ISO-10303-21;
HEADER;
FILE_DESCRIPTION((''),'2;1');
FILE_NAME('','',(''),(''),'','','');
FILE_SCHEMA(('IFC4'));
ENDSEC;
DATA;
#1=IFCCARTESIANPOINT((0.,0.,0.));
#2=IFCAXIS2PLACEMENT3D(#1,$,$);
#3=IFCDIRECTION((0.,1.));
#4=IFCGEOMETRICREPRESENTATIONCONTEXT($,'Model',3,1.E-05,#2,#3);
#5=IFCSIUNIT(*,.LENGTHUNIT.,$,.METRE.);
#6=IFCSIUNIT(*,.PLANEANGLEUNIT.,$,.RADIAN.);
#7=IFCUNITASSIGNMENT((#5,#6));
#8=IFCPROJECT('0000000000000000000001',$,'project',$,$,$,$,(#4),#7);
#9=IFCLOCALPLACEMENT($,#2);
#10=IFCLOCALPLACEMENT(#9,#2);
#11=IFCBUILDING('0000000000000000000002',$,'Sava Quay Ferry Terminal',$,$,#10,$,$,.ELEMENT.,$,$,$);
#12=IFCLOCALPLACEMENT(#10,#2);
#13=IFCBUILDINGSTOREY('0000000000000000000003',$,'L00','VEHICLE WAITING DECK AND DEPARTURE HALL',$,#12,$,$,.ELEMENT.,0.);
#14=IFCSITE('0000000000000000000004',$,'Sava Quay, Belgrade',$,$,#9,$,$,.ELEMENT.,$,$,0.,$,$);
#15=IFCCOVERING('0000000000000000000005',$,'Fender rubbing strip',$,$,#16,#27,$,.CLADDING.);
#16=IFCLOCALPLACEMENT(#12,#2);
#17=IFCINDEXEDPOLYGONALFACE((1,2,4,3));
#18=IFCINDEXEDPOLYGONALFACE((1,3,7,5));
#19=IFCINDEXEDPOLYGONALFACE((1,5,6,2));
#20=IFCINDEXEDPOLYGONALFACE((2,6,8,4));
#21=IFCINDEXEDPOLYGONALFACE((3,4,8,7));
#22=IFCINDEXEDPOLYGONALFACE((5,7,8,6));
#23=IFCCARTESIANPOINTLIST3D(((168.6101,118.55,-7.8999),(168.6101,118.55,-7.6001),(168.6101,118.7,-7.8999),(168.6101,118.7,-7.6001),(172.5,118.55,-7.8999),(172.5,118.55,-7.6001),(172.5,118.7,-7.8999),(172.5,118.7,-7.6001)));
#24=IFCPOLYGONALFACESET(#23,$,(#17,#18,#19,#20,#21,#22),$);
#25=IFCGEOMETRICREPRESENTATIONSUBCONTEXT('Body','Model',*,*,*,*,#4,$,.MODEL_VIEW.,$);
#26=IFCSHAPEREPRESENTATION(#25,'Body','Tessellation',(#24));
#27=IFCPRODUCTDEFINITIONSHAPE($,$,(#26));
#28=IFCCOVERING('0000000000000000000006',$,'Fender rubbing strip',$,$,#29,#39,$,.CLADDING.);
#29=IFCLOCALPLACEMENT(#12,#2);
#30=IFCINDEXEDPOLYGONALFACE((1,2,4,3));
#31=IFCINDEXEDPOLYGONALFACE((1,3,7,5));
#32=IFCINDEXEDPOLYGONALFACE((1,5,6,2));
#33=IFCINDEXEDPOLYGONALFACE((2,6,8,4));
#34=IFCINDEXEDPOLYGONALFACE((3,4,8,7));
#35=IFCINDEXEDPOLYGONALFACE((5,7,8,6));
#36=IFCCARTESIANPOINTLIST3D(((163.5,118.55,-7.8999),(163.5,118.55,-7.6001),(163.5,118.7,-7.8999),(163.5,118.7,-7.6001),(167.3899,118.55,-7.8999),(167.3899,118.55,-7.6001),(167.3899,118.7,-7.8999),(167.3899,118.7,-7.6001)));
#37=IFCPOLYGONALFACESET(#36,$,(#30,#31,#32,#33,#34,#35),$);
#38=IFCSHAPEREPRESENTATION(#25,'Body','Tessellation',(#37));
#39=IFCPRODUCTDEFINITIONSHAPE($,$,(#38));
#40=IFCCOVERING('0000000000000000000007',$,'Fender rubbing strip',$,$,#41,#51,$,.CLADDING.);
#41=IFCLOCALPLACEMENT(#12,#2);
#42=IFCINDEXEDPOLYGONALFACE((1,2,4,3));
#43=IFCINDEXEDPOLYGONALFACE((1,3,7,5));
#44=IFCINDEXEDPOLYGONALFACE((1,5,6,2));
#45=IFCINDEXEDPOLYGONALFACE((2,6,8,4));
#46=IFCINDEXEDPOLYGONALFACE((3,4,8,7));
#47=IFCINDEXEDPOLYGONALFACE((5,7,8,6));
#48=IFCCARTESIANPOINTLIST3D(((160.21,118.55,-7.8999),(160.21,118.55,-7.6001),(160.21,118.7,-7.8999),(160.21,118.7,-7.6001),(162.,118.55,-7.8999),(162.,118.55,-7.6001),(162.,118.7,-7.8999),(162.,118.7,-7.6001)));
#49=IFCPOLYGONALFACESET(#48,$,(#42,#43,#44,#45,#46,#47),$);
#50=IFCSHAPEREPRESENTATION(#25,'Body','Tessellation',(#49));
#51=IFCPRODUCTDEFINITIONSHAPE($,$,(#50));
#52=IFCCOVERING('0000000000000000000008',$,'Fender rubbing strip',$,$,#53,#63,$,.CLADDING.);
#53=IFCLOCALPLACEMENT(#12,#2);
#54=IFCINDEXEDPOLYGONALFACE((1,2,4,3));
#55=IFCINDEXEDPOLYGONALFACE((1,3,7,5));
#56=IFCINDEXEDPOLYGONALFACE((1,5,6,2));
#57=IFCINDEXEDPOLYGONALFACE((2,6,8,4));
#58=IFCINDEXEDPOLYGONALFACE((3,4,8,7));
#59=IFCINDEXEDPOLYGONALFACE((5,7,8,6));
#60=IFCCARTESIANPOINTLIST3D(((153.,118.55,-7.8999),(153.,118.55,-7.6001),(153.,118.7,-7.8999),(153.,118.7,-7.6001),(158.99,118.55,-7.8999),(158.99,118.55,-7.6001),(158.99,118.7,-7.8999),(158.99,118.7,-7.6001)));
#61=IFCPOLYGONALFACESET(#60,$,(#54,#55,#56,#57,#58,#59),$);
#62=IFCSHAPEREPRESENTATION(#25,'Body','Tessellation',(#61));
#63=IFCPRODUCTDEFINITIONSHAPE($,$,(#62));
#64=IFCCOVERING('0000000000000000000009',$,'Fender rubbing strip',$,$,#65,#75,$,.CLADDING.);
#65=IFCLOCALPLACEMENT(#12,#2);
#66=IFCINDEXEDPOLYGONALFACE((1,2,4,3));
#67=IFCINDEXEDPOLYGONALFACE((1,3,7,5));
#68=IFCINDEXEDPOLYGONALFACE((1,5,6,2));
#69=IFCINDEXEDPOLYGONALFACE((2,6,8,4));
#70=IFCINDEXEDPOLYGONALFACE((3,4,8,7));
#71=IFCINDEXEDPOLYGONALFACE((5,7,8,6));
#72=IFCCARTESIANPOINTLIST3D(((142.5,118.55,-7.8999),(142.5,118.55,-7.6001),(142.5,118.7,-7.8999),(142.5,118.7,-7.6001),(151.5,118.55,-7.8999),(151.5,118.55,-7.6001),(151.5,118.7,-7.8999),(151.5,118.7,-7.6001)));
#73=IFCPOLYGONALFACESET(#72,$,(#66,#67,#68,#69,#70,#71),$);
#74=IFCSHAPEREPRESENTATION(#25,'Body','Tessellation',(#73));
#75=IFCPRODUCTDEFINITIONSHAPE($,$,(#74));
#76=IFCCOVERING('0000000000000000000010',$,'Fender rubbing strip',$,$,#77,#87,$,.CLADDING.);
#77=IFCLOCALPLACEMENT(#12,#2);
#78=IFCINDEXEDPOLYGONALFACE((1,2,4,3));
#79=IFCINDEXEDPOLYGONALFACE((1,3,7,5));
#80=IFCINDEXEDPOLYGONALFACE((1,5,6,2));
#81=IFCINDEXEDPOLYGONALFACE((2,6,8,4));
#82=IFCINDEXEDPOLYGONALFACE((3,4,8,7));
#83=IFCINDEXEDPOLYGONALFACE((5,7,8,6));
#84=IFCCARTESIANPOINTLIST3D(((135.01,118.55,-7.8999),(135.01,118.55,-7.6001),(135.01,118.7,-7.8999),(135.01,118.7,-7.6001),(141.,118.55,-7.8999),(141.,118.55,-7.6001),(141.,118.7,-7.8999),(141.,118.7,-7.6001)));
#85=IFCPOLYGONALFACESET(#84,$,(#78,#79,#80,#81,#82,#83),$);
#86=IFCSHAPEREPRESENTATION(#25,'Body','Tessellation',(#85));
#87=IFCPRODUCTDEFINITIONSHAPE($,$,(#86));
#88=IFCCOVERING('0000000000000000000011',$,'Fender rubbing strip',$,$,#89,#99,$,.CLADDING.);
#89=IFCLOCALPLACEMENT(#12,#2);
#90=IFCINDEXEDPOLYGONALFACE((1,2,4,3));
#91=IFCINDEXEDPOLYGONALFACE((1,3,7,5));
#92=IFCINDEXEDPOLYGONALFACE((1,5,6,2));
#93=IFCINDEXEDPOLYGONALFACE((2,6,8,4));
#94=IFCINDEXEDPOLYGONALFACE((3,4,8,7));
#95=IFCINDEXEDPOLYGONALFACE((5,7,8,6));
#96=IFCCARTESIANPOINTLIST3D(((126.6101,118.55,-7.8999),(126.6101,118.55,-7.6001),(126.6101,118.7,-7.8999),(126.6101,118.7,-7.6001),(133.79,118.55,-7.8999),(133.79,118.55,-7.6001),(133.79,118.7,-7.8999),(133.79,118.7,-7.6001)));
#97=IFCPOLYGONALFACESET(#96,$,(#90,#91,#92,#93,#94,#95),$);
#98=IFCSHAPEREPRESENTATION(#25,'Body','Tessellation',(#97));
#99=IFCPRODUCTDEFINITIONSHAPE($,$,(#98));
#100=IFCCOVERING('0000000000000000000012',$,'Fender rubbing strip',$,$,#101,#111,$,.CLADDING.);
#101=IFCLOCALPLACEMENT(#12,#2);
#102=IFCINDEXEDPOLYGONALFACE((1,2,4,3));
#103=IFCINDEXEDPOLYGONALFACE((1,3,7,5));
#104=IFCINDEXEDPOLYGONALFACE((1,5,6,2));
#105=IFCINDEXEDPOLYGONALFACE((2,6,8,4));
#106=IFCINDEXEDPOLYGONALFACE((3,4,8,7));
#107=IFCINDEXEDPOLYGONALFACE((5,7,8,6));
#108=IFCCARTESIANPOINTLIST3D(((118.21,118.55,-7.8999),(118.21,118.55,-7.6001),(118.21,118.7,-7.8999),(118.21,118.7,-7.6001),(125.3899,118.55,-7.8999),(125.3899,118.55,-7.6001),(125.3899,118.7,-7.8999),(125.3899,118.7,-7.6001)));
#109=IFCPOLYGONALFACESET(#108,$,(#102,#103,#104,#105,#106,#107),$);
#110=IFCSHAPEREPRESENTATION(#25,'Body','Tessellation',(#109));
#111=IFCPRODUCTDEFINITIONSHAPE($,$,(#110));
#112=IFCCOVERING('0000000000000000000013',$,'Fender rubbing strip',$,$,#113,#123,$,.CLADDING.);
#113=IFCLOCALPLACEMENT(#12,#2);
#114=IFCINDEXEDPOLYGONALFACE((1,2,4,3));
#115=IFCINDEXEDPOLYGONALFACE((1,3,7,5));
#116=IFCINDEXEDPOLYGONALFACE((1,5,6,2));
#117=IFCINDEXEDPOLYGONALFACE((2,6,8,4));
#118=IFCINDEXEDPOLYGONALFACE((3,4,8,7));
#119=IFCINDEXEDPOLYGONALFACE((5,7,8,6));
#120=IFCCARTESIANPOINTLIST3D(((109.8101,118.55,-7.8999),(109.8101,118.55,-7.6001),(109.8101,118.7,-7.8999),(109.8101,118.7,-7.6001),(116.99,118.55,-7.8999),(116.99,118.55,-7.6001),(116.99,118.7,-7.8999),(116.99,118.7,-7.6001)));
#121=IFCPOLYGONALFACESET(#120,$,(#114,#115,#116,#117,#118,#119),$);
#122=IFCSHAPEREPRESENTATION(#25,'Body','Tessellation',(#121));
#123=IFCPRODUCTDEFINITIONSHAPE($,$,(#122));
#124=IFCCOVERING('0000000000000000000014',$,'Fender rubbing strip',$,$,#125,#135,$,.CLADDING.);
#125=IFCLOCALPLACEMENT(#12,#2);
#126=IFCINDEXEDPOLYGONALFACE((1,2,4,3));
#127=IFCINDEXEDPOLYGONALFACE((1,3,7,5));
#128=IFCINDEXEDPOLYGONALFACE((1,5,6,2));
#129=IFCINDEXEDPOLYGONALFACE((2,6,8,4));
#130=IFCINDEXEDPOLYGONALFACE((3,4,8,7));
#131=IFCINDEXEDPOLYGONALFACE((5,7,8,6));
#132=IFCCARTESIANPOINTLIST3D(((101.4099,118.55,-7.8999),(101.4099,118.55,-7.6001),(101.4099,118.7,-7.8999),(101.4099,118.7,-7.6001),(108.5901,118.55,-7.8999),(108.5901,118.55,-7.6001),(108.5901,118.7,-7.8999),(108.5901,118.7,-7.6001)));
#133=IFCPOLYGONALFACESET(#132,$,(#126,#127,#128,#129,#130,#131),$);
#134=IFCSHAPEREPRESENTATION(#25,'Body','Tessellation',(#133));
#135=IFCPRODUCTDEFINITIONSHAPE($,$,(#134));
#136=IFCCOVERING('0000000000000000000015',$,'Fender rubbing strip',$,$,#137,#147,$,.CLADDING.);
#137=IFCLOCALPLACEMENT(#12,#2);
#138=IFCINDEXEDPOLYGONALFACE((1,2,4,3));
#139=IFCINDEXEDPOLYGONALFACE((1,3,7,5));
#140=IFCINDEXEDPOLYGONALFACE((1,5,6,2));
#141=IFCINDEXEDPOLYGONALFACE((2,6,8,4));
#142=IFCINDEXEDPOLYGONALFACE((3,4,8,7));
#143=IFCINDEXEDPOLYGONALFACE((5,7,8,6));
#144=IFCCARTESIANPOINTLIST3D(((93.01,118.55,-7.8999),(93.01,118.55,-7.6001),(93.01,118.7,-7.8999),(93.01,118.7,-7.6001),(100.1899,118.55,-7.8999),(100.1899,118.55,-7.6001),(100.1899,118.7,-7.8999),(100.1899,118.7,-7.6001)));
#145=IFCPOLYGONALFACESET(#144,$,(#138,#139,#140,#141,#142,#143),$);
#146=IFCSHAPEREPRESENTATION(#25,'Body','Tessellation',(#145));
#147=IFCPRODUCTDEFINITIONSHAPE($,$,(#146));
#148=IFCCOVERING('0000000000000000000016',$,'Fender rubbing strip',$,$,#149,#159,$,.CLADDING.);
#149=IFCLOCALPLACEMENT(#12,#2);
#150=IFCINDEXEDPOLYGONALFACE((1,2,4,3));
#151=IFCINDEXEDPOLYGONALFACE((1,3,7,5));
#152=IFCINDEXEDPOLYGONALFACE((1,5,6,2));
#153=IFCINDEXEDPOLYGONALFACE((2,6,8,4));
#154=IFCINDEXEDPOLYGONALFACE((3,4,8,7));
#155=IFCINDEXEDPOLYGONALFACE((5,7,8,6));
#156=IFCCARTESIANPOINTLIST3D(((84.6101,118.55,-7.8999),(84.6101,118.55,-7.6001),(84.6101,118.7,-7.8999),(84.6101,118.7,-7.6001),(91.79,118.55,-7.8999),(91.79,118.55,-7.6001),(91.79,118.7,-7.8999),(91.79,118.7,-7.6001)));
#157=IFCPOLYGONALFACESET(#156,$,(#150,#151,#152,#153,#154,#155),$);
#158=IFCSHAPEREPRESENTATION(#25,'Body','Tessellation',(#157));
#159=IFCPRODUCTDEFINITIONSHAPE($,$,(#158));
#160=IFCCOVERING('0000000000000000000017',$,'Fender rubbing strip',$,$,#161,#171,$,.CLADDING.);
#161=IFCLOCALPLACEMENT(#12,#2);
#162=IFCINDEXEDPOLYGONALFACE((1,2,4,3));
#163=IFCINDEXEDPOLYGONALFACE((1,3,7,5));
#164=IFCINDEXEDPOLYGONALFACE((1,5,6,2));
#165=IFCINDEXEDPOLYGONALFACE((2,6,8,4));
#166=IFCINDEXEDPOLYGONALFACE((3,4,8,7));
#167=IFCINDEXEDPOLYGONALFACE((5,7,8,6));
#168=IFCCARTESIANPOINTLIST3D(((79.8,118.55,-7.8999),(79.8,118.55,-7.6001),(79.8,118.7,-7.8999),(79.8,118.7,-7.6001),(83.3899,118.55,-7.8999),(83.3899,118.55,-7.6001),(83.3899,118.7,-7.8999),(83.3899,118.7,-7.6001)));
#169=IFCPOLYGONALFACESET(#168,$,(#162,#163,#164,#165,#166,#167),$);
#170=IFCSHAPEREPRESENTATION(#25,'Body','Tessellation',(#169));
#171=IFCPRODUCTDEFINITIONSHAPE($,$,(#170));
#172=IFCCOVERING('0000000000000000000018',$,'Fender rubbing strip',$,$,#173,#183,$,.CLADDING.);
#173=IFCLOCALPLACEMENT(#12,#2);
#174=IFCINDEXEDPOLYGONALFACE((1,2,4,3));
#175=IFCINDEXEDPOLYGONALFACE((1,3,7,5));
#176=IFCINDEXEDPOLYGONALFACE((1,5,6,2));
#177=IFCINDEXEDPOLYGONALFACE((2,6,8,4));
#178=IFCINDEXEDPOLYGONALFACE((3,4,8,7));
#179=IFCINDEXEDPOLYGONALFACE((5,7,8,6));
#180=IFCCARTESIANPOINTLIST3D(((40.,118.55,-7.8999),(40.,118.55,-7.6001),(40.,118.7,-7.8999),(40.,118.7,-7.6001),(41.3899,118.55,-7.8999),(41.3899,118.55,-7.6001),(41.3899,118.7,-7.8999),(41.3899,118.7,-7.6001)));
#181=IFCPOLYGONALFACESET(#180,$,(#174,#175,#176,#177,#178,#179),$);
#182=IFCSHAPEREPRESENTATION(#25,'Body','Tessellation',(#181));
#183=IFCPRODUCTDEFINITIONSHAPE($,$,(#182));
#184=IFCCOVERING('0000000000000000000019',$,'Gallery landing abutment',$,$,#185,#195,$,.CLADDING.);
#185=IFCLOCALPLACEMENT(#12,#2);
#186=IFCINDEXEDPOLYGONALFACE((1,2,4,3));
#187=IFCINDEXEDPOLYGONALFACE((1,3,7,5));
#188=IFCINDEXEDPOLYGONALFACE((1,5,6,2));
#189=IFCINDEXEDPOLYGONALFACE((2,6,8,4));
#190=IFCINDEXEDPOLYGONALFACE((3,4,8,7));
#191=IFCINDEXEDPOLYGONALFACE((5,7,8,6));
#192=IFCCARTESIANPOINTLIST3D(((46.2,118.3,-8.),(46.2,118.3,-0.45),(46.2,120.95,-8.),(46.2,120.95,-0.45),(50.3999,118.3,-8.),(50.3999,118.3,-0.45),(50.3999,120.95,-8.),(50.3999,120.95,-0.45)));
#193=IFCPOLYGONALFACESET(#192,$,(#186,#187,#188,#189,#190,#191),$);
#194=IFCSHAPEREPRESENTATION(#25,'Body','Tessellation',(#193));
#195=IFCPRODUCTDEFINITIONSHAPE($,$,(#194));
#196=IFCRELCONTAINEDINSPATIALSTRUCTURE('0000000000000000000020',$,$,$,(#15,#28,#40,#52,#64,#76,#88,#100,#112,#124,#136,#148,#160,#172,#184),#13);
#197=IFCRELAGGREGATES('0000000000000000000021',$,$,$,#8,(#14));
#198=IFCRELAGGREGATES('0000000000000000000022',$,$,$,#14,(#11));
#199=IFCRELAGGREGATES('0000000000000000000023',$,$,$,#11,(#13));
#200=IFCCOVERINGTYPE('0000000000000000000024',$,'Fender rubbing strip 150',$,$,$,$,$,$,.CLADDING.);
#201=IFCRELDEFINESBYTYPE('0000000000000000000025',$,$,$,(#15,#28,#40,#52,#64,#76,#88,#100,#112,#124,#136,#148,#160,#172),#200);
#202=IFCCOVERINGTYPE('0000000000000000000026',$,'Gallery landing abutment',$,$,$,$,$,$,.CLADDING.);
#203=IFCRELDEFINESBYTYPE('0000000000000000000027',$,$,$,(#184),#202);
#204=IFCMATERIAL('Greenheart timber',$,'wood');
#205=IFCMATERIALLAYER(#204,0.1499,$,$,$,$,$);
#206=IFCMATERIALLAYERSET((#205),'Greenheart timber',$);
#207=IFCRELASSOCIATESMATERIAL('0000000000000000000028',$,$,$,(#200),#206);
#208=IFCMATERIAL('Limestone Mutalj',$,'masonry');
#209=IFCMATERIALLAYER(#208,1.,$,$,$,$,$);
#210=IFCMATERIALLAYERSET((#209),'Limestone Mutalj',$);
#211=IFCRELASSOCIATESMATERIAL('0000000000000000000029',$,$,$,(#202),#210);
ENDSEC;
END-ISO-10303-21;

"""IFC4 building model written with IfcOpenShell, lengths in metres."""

from ifc_helpers import new_model, si_unit, direction, frame, origin, place, context, subcontext, project, spatial, polyline, outline, extrude, material, layer, layer_set, type_object, element, save


model = new_model("IFC4")

# Units and contexts
model_context = context("Model", 3, precision=1e-05, world=origin(), true_north=direction((0.0, 1.0)))
body_context = subcontext(model_context, "Body", "Model", "MODEL_VIEW")
ifc_project = project(units=[si_unit("LENGTHUNIT", "METRE"), si_unit("PLANEANGLEUNIT", "RADIAN")], contexts=[model_context])

# Site, building, storey
site_placement = place(None, origin())
site = spatial("IfcSite", under=ifc_project, at=site_placement, Name="Sava Quay, Belgrade", CompositionType="ELEMENT", RefElevation=0.0)
building_placement = place(site_placement, origin())
building = spatial("IfcBuilding", under=site, at=building_placement, Name="Sava Quay Ferry Terminal", CompositionType="ELEMENT")
storey_placement = place(building_placement, origin())
storey = spatial("IfcBuildingStorey", under=building, at=storey_placement, Name="L00", Description="VEHICLE WAITING DECK AND DEPARTURE HALL", CompositionType="ELEMENT", Elevation=0.0)

# Coverings
ifc_material_1 = material(Name="Greenheart timber", Category="wood")
ifc_layer_1 = layer(ifc_material_1, 0.1499)
ifc_layer_set_1 = layer_set([ifc_layer_1], Name="Greenheart timber")
covering_type_1 = type_object("IfcCoveringType", Name="Fender rubbing strip 150", PredefinedType="CLADDING", material=ifc_layer_set_1)
covering_1_placement = place(storey_placement, frame((0.0, 0.0, -7.8999)))
element("IfcCovering", 1, at=covering_1_placement, inside=storey, type_object=covering_type_1, Name="Fender rubbing strip", PredefinedType="CLADDING", context=body_context, shape_type="SweptSolid", body=[
    extrude(outline(polyline([(172.5, 118.55), (172.5, 118.7), (168.6101, 118.7), (168.6101, 118.55), (172.5, 118.55)])), origin(), (0.0, 0.0, 1.0), 0.2998),
])
covering_2_placement = place(storey_placement, frame((0.0, 0.0, -7.8999)))
element("IfcCovering", 2, at=covering_2_placement, inside=storey, type_object=covering_type_1, Name="Fender rubbing strip", PredefinedType="CLADDING", context=body_context, shape_type="SweptSolid", body=[
    extrude(outline(polyline([(163.5, 118.55), (167.3899, 118.55), (167.3899, 118.7), (163.5, 118.7), (163.5, 118.55)])), origin(), (0.0, 0.0, 1.0), 0.2998),
])
covering_3_placement = place(storey_placement, frame((0.0, 0.0, -7.8999)))
element("IfcCovering", 3, at=covering_3_placement, inside=storey, type_object=covering_type_1, Name="Fender rubbing strip", PredefinedType="CLADDING", context=body_context, shape_type="SweptSolid", body=[
    extrude(outline(polyline([(162.0, 118.55), (162.0, 118.7), (160.21, 118.7), (160.21, 118.55), (162.0, 118.55)])), origin(), (0.0, 0.0, 1.0), 0.2998),
])
covering_4_placement = place(storey_placement, frame((0.0, 0.0, -7.8999)))
element("IfcCovering", 4, at=covering_4_placement, inside=storey, type_object=covering_type_1, Name="Fender rubbing strip", PredefinedType="CLADDING", context=body_context, shape_type="SweptSolid", body=[
    extrude(outline(polyline([(153.0, 118.55), (158.99, 118.55), (158.99, 118.7), (153.0, 118.7), (153.0, 118.55)])), origin(), (0.0, 0.0, 1.0), 0.2998),
])
covering_5_placement = place(storey_placement, frame((0.0, 0.0, -7.8999)))
element("IfcCovering", 5, at=covering_5_placement, inside=storey, type_object=covering_type_1, Name="Fender rubbing strip", PredefinedType="CLADDING", context=body_context, shape_type="SweptSolid", body=[
    extrude(outline(polyline([(151.5, 118.55), (151.5, 118.7), (142.5, 118.7), (142.5, 118.55), (151.5, 118.55)])), origin(), (0.0, 0.0, 1.0), 0.2998),
])
covering_6_placement = place(storey_placement, frame((0.0, 0.0, -7.8999)))
element("IfcCovering", 6, at=covering_6_placement, inside=storey, type_object=covering_type_1, Name="Fender rubbing strip", PredefinedType="CLADDING", context=body_context, shape_type="SweptSolid", body=[
    extrude(outline(polyline([(141.0, 118.55), (141.0, 118.7), (135.01, 118.7), (135.01, 118.55), (141.0, 118.55)])), origin(), (0.0, 0.0, 1.0), 0.2998),
])
covering_7_placement = place(storey_placement, frame((0.0, 0.0, -7.8999)))
element("IfcCovering", 7, at=covering_7_placement, inside=storey, type_object=covering_type_1, Name="Fender rubbing strip", PredefinedType="CLADDING", context=body_context, shape_type="SweptSolid", body=[
    extrude(outline(polyline([(126.6101, 118.55), (133.79, 118.55), (133.79, 118.7), (126.6101, 118.7), (126.6101, 118.55)])), origin(), (0.0, 0.0, 1.0), 0.2998),
])
covering_8_placement = place(storey_placement, frame((0.0, 0.0, -7.8999)))
element("IfcCovering", 8, at=covering_8_placement, inside=storey, type_object=covering_type_1, Name="Fender rubbing strip", PredefinedType="CLADDING", context=body_context, shape_type="SweptSolid", body=[
    extrude(outline(polyline([(118.21, 118.55), (125.3899, 118.55), (125.3899, 118.7), (118.21, 118.7), (118.21, 118.55)])), origin(), (0.0, 0.0, 1.0), 0.2998),
])
covering_9_placement = place(storey_placement, frame((0.0, 0.0, -7.8999)))
element("IfcCovering", 9, at=covering_9_placement, inside=storey, type_object=covering_type_1, Name="Fender rubbing strip", PredefinedType="CLADDING", context=body_context, shape_type="SweptSolid", body=[
    extrude(outline(polyline([(109.8101, 118.55), (116.99, 118.55), (116.99, 118.7), (109.8101, 118.7), (109.8101, 118.55)])), origin(), (0.0, 0.0, 1.0), 0.2998),
])
covering_10_placement = place(storey_placement, frame((0.0, 0.0, -7.8999)))
element("IfcCovering", 10, at=covering_10_placement, inside=storey, type_object=covering_type_1, Name="Fender rubbing strip", PredefinedType="CLADDING", context=body_context, shape_type="SweptSolid", body=[
    extrude(outline(polyline([(101.4099, 118.55), (108.5901, 118.55), (108.5901, 118.7), (101.4099, 118.7), (101.4099, 118.55)])), origin(), (0.0, 0.0, 1.0), 0.2998),
])
covering_11_placement = place(storey_placement, frame((0.0, 0.0, -7.8999)))
element("IfcCovering", 11, at=covering_11_placement, inside=storey, type_object=covering_type_1, Name="Fender rubbing strip", PredefinedType="CLADDING", context=body_context, shape_type="SweptSolid", body=[
    extrude(outline(polyline([(93.01, 118.55), (100.1899, 118.55), (100.1899, 118.7), (93.01, 118.7), (93.01, 118.55)])), origin(), (0.0, 0.0, 1.0), 0.2998),
])
covering_12_placement = place(storey_placement, frame((0.0, 0.0, -7.8999)))
element("IfcCovering", 12, at=covering_12_placement, inside=storey, type_object=covering_type_1, Name="Fender rubbing strip", PredefinedType="CLADDING", context=body_context, shape_type="SweptSolid", body=[
    extrude(outline(polyline([(84.6101, 118.55), (91.79, 118.55), (91.79, 118.7), (84.6101, 118.7), (84.6101, 118.55)])), origin(), (0.0, 0.0, 1.0), 0.2998),
])
covering_13_placement = place(storey_placement, frame((0.0, 0.0, -7.8999)))
element("IfcCovering", 13, at=covering_13_placement, inside=storey, type_object=covering_type_1, Name="Fender rubbing strip", PredefinedType="CLADDING", context=body_context, shape_type="SweptSolid", body=[
    extrude(outline(polyline([(79.8, 118.55), (83.3899, 118.55), (83.3899, 118.7), (79.8, 118.7), (79.8, 118.55)])), origin(), (0.0, 0.0, 1.0), 0.2998),
])
covering_14_placement = place(storey_placement, frame((0.0, 0.0, -7.8999)))
element("IfcCovering", 14, at=covering_14_placement, inside=storey, type_object=covering_type_1, Name="Fender rubbing strip", PredefinedType="CLADDING", context=body_context, shape_type="SweptSolid", body=[
    extrude(outline(polyline([(41.3899, 118.7), (40.0, 118.7), (40.0, 118.55), (41.3899, 118.55), (41.3899, 118.7)])), origin(), (0.0, 0.0, 1.0), 0.2998),
])
ifc_material_2 = material(Name="Limestone Mutalj", Category="masonry")
ifc_layer_2 = layer(ifc_material_2, 1.0)
ifc_layer_set_2 = layer_set([ifc_layer_2], Name="Limestone Mutalj")
covering_type_2 = type_object("IfcCoveringType", Name="Gallery landing abutment", PredefinedType="CLADDING", material=ifc_layer_set_2)
covering_15_placement = place(storey_placement, frame((0.0, 0.0, -8.0)))
element("IfcCovering", 15, at=covering_15_placement, inside=storey, type_object=covering_type_2, Name="Gallery landing abutment", PredefinedType="CLADDING", context=body_context, shape_type="SweptSolid", body=[
    extrude(outline(polyline([(46.2, 118.3), (50.3999, 118.3), (50.3999, 120.95), (46.2, 120.95), (46.2, 118.3)])), origin(), (0.0, 0.0, 1.0), 7.55),
])

save(model, "model.ifc")
